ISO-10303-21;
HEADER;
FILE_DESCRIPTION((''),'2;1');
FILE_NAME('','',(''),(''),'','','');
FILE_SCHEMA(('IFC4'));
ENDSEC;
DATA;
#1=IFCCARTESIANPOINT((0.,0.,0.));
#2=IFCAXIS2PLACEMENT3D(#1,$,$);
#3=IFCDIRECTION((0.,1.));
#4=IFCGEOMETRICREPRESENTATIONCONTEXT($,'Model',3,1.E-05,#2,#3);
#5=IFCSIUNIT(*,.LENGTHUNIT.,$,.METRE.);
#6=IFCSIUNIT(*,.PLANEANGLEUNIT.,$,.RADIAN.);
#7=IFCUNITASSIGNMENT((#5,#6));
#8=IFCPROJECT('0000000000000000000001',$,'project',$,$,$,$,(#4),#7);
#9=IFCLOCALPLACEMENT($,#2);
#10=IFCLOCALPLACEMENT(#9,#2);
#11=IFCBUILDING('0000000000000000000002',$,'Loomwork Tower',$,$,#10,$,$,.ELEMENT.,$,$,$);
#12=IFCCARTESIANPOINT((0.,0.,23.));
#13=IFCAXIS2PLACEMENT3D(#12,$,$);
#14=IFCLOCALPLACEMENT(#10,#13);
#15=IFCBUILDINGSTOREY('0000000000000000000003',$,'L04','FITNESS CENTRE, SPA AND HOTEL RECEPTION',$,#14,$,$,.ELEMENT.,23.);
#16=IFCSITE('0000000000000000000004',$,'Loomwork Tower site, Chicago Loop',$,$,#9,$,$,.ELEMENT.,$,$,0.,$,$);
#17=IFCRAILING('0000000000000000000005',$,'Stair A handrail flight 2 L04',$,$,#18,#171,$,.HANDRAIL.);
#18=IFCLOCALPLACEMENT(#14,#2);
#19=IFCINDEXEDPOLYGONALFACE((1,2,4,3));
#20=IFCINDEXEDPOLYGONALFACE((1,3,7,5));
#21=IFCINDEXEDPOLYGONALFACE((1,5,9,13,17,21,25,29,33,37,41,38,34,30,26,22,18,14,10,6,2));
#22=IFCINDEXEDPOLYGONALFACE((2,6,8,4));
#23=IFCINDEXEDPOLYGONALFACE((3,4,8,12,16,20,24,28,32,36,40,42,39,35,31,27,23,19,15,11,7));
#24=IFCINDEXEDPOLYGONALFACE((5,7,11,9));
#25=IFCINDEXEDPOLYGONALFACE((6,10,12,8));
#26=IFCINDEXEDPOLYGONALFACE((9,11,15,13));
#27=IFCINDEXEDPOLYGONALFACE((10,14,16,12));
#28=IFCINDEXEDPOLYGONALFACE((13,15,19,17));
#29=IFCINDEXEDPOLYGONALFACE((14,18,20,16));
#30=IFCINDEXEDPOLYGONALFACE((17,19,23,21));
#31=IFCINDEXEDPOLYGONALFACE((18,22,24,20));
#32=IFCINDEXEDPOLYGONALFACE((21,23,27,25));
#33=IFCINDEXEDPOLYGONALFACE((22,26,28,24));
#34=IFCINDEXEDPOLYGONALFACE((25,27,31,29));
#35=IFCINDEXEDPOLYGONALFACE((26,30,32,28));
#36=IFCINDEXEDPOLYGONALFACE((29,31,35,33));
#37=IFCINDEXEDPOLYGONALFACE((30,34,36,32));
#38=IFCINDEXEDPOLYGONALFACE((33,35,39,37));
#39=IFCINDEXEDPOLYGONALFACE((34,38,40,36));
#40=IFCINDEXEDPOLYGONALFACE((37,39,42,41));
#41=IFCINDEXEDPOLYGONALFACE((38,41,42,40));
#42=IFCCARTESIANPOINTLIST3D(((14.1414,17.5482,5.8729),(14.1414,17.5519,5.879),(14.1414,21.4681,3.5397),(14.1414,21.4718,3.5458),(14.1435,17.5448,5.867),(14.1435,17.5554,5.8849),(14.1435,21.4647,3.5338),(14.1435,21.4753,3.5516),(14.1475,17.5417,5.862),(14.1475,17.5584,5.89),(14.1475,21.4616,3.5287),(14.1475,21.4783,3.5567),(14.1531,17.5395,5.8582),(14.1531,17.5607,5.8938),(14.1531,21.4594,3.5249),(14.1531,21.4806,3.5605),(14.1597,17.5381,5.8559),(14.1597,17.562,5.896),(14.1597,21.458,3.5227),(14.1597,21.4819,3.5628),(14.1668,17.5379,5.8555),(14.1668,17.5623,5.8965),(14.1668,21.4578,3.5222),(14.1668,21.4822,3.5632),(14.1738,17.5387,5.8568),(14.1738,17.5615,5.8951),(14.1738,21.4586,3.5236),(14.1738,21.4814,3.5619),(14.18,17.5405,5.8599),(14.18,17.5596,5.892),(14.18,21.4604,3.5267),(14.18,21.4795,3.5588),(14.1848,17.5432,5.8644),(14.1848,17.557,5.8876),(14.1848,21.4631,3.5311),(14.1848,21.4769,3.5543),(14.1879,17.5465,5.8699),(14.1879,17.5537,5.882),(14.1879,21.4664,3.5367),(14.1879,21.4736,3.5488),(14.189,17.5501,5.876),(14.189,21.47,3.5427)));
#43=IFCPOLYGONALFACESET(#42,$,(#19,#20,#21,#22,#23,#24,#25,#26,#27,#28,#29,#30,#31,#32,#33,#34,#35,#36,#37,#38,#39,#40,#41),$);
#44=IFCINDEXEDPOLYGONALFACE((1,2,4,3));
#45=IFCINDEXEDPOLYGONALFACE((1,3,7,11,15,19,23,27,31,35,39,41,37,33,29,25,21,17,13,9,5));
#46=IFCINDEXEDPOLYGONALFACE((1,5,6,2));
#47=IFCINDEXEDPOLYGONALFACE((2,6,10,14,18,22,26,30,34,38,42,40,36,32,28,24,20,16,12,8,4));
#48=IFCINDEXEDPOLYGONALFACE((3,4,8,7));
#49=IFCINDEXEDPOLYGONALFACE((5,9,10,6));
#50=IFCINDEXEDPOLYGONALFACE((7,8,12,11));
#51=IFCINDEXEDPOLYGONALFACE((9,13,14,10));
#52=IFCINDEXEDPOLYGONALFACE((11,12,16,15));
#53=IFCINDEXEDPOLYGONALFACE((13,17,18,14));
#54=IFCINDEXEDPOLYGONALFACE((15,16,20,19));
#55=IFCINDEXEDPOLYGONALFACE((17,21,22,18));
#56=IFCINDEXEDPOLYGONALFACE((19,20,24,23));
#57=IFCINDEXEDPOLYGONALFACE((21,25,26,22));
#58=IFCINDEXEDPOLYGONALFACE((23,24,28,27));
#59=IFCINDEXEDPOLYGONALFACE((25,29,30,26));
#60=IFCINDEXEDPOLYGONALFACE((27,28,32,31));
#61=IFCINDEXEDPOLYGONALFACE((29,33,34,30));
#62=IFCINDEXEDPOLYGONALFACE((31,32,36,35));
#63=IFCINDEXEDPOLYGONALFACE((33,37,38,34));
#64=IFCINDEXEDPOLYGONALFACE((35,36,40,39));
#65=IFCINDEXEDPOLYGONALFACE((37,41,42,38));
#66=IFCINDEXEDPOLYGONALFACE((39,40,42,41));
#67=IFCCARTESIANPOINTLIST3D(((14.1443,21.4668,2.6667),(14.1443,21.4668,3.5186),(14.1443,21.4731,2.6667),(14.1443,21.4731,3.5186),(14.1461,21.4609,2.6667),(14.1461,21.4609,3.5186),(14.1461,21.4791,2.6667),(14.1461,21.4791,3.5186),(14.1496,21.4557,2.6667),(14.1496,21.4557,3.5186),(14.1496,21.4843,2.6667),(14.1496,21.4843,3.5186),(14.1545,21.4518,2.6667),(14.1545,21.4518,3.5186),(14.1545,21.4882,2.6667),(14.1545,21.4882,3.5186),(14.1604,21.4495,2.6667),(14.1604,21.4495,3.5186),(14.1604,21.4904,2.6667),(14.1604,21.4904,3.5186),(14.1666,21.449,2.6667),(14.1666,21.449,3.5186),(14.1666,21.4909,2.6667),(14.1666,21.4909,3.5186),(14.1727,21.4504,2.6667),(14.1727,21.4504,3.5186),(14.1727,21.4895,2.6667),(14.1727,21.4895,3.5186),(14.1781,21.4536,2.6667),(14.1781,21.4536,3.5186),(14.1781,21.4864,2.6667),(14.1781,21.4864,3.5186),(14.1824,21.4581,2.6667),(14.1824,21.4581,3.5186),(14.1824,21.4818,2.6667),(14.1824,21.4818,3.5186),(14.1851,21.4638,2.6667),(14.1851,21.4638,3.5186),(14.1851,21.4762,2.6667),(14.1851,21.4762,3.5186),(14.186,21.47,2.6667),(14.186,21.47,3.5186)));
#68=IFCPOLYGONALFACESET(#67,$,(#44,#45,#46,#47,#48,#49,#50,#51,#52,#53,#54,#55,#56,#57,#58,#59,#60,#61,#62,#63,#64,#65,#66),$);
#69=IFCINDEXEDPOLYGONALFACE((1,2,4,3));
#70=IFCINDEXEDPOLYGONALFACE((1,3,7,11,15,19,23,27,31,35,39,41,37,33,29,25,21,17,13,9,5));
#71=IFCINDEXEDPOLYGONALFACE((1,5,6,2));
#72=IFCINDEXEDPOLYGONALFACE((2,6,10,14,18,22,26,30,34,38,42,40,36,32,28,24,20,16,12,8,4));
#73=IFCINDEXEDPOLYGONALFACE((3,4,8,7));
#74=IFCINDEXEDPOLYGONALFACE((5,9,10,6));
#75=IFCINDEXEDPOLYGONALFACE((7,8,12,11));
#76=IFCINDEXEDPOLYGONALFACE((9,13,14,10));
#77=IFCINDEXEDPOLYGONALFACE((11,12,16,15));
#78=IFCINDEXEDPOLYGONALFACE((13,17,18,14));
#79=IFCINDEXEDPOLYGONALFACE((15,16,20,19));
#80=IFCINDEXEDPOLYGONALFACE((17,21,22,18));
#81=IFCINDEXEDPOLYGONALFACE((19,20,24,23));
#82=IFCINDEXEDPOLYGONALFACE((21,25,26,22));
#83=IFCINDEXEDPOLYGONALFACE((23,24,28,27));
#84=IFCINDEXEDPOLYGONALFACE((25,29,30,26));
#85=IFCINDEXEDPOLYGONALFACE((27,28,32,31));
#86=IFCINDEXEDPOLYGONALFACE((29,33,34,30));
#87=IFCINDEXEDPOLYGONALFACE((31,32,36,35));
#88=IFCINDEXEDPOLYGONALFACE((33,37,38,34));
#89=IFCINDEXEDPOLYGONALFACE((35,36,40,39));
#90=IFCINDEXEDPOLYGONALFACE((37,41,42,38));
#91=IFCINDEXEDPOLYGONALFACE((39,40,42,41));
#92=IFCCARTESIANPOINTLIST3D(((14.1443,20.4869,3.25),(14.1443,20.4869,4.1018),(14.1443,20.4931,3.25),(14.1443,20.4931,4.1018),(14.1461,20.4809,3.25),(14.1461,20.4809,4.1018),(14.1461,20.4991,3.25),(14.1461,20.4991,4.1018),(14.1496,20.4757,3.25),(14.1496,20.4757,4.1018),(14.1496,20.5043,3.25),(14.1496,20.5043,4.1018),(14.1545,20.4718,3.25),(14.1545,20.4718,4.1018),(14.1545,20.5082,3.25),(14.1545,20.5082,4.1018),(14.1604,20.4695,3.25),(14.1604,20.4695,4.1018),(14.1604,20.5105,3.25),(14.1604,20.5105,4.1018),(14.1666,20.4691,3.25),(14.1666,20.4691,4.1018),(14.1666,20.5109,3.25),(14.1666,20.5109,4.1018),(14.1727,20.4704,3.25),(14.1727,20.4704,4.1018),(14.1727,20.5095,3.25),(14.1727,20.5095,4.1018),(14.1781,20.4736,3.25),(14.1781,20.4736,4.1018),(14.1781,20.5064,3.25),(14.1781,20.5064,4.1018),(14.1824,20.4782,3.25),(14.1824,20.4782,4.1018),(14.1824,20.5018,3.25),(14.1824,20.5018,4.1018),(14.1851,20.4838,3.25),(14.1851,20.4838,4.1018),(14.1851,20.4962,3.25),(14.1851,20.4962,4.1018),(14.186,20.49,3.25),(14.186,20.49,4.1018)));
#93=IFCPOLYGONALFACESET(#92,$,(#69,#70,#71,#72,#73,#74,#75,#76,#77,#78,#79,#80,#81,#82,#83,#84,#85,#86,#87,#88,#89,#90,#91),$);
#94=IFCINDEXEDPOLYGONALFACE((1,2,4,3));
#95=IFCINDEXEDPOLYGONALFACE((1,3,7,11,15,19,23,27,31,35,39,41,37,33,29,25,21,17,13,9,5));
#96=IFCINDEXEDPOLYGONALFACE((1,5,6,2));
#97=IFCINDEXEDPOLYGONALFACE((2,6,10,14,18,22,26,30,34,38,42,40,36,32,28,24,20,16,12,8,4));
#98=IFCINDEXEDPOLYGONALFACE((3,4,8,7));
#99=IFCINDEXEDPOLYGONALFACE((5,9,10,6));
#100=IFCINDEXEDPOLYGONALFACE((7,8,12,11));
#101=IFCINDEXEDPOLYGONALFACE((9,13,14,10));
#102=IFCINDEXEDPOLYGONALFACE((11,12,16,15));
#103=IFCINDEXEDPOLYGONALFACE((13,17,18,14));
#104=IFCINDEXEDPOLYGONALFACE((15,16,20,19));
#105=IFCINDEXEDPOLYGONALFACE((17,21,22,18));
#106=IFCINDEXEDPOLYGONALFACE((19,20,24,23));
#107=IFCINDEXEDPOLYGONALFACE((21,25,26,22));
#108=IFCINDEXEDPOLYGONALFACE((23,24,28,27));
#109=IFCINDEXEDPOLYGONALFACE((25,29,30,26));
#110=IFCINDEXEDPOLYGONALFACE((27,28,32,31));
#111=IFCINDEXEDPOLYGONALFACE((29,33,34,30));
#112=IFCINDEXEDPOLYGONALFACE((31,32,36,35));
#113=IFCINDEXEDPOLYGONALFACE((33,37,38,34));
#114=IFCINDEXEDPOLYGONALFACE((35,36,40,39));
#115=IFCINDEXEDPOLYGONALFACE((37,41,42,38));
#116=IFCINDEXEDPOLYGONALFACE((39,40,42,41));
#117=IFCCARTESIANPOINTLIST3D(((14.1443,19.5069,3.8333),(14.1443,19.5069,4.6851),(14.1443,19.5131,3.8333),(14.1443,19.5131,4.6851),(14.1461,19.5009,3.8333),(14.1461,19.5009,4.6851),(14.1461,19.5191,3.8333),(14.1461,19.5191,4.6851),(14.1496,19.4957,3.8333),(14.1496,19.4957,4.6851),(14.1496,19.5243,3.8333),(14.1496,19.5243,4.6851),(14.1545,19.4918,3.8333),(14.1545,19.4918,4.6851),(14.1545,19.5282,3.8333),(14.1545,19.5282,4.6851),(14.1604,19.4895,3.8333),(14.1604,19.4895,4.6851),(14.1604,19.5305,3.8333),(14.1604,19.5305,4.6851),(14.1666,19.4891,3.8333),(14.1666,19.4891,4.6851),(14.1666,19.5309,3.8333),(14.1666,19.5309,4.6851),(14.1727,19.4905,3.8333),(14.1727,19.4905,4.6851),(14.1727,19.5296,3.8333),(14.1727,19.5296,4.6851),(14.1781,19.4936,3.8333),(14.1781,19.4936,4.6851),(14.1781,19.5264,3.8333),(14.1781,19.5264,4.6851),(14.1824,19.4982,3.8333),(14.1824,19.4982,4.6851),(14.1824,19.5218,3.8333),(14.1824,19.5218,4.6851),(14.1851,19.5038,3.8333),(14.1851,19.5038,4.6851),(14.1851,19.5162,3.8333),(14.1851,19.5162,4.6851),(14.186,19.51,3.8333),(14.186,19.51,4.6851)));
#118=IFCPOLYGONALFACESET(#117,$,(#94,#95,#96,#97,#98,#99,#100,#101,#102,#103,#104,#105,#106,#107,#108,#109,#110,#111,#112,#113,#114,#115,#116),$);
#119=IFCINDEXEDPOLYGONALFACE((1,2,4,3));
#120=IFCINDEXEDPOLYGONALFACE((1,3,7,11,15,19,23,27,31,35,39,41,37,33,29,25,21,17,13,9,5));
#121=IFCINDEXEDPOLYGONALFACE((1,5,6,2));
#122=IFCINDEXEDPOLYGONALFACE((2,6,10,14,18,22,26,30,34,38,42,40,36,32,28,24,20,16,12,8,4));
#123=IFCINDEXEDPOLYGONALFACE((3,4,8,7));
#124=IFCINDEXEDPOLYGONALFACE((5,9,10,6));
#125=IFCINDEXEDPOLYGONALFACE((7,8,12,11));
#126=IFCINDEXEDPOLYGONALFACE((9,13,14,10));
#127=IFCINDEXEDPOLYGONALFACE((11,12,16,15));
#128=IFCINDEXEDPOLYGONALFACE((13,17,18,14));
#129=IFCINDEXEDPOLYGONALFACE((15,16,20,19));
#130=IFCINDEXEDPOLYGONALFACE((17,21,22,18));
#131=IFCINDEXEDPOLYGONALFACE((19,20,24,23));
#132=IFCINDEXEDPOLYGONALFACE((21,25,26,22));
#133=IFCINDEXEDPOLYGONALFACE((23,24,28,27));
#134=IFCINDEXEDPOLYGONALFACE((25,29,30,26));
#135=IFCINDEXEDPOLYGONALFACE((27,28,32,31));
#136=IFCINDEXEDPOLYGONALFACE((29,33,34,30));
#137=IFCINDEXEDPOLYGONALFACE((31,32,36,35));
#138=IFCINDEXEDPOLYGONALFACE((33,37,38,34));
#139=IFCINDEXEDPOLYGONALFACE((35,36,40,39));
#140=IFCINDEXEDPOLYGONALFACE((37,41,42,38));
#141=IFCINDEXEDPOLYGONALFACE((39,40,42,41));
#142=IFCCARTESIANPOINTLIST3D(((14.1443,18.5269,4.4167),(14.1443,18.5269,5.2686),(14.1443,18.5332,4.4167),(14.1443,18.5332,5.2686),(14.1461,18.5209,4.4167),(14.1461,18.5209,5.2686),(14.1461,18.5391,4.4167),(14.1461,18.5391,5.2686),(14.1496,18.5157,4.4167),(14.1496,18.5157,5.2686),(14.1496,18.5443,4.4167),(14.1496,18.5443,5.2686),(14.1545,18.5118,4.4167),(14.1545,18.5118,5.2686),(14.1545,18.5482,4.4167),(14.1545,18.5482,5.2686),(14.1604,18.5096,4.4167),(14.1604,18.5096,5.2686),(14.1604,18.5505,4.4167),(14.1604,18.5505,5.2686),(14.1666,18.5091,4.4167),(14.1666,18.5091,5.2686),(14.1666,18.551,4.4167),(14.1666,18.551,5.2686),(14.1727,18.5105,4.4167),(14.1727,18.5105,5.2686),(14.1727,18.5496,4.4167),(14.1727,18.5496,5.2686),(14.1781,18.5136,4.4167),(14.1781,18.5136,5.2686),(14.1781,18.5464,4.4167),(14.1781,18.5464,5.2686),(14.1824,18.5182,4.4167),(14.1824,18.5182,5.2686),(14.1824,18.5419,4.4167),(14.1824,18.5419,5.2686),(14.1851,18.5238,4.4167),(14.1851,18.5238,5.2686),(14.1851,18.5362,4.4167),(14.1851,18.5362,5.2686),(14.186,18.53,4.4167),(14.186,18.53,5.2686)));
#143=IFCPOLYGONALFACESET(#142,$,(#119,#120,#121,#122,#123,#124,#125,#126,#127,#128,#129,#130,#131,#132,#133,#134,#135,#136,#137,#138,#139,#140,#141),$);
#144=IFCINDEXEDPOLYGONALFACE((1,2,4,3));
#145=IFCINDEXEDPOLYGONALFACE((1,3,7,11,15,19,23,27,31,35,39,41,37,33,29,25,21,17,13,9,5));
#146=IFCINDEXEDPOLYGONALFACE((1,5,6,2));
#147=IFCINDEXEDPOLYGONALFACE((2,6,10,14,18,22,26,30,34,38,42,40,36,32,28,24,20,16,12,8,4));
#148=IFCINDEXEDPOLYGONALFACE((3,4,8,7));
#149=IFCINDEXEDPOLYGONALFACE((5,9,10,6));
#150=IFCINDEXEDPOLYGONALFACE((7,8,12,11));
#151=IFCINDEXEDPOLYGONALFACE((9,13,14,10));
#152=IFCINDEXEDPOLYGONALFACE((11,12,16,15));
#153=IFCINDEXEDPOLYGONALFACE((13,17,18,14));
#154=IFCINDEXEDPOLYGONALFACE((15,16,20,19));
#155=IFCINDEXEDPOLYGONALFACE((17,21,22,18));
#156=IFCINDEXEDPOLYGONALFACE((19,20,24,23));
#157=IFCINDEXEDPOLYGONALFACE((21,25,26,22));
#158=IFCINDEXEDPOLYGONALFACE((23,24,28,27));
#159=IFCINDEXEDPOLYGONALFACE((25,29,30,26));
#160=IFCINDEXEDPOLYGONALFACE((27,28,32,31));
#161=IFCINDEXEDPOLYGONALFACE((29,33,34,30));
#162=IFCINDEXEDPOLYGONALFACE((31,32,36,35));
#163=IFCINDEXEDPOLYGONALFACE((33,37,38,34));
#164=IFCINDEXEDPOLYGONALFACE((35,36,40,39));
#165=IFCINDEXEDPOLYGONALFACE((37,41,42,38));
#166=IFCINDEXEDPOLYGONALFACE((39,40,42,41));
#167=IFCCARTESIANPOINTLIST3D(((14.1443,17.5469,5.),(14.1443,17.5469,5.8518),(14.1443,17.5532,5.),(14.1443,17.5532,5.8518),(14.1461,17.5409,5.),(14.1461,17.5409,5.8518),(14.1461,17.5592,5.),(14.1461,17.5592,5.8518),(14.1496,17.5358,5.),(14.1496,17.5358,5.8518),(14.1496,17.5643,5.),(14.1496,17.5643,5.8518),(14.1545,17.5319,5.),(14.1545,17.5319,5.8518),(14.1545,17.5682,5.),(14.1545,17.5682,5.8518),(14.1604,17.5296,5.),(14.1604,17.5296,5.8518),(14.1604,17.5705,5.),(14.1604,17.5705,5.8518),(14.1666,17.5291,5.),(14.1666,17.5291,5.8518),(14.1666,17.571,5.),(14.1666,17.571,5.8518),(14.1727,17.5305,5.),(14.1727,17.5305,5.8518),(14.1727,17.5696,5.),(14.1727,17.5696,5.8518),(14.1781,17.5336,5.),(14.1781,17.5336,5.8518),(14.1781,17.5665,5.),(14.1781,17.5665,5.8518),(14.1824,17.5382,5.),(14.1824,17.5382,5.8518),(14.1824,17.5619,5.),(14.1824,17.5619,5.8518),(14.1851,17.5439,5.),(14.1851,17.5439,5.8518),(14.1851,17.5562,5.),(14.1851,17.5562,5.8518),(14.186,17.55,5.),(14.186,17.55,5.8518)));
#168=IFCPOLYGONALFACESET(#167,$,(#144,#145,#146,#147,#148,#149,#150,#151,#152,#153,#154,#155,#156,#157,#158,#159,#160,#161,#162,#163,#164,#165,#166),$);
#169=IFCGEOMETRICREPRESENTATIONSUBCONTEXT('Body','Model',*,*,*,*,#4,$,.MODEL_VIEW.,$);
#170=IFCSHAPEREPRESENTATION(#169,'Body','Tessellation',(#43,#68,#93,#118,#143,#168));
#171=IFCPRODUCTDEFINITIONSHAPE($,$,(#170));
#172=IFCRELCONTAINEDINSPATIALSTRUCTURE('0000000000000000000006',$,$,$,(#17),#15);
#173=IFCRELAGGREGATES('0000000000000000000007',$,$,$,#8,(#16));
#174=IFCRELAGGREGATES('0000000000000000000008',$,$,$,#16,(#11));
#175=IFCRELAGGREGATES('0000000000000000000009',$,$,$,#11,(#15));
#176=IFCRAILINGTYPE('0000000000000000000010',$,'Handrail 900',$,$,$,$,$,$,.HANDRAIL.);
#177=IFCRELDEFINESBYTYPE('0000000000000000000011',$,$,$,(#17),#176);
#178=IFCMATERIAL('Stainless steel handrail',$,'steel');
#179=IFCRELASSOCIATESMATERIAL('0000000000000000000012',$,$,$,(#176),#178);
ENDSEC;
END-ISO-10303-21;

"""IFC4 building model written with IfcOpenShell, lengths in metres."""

from ifc_helpers import new_model, si_unit, direction, frame, origin, origin_2d, place, context, subcontext, project, spatial, circle, extrude, material, type_object, element, save


model = new_model("IFC4")

# Units and contexts
model_context = context("Model", 3, precision=1e-05, world=origin(), true_north=direction((0.0, 1.0)))
body_context = subcontext(model_context, "Body", "Model", "MODEL_VIEW")
ifc_project = project(units=[si_unit("LENGTHUNIT", "METRE"), si_unit("PLANEANGLEUNIT", "RADIAN")], contexts=[model_context])

# Site, building, storey
site_placement = place(None, origin())
site = spatial("IfcSite", under=ifc_project, at=site_placement, Name="Loomwork Tower site, Chicago Loop", CompositionType="ELEMENT", RefElevation=0.0)
building_placement = place(site_placement, origin())
building = spatial("IfcBuilding", under=site, at=building_placement, Name="Loomwork Tower", CompositionType="ELEMENT")
storey_placement = place(building_placement, frame((0.0, 0.0, 23.0)))
storey = spatial("IfcBuildingStorey", under=building, at=storey_placement, Name="L04", Description="FITNESS CENTRE, SPA AND HOTEL RECEPTION", CompositionType="ELEMENT", Elevation=23.0)

# Railing
ifc_material_1 = material(Name="Stainless steel handrail", Category="steel")
railing_type = type_object("IfcRailingType", Name="Handrail 900", PredefinedType="HANDRAIL", material=ifc_material_1)
railing_1_placement = place(storey_placement, frame((14.165, 21.47, 2.6667)))
element("IfcRailing", 1, at=railing_1_placement, inside=storey, type_object=railing_type, Name="Stair A handrail flight 2 L04", PredefinedType="HANDRAIL", context=body_context, shape_type="SweptSolid", body=[
    extrude(circle(Radius=0.0239, at=origin_2d()), frame((0.0, 0.0, 0.876), z_axis=(0.0, -0.859296, 0.511478), x_axis=(1.0, 0.0, 0.0)), (0.0, 0.0, 1.0), 4.5618),
    extrude(circle(Radius=0.021, at=origin_2d()), origin(), (0.0, 0.0, 1.0), 0.8518),
    extrude(circle(Radius=0.021, at=origin_2d()), frame((0.0, -0.98, 0.5833)), (0.0, 0.0, 1.0), 0.8518),
    extrude(circle(Radius=0.021, at=origin_2d()), frame((0.0, -1.96, 1.1665)), (0.0, 0.0, 1.0), 0.8518),
    extrude(circle(Radius=0.021, at=origin_2d()), frame((0.0, -2.9399, 1.75)), (0.0, 0.0, 1.0), 0.8518),
    extrude(circle(Radius=0.021, at=origin_2d()), frame((0.0, -3.9199, 2.3333)), (0.0, 0.0, 1.0), 0.8518),
])

save(model, "model.ifc")
